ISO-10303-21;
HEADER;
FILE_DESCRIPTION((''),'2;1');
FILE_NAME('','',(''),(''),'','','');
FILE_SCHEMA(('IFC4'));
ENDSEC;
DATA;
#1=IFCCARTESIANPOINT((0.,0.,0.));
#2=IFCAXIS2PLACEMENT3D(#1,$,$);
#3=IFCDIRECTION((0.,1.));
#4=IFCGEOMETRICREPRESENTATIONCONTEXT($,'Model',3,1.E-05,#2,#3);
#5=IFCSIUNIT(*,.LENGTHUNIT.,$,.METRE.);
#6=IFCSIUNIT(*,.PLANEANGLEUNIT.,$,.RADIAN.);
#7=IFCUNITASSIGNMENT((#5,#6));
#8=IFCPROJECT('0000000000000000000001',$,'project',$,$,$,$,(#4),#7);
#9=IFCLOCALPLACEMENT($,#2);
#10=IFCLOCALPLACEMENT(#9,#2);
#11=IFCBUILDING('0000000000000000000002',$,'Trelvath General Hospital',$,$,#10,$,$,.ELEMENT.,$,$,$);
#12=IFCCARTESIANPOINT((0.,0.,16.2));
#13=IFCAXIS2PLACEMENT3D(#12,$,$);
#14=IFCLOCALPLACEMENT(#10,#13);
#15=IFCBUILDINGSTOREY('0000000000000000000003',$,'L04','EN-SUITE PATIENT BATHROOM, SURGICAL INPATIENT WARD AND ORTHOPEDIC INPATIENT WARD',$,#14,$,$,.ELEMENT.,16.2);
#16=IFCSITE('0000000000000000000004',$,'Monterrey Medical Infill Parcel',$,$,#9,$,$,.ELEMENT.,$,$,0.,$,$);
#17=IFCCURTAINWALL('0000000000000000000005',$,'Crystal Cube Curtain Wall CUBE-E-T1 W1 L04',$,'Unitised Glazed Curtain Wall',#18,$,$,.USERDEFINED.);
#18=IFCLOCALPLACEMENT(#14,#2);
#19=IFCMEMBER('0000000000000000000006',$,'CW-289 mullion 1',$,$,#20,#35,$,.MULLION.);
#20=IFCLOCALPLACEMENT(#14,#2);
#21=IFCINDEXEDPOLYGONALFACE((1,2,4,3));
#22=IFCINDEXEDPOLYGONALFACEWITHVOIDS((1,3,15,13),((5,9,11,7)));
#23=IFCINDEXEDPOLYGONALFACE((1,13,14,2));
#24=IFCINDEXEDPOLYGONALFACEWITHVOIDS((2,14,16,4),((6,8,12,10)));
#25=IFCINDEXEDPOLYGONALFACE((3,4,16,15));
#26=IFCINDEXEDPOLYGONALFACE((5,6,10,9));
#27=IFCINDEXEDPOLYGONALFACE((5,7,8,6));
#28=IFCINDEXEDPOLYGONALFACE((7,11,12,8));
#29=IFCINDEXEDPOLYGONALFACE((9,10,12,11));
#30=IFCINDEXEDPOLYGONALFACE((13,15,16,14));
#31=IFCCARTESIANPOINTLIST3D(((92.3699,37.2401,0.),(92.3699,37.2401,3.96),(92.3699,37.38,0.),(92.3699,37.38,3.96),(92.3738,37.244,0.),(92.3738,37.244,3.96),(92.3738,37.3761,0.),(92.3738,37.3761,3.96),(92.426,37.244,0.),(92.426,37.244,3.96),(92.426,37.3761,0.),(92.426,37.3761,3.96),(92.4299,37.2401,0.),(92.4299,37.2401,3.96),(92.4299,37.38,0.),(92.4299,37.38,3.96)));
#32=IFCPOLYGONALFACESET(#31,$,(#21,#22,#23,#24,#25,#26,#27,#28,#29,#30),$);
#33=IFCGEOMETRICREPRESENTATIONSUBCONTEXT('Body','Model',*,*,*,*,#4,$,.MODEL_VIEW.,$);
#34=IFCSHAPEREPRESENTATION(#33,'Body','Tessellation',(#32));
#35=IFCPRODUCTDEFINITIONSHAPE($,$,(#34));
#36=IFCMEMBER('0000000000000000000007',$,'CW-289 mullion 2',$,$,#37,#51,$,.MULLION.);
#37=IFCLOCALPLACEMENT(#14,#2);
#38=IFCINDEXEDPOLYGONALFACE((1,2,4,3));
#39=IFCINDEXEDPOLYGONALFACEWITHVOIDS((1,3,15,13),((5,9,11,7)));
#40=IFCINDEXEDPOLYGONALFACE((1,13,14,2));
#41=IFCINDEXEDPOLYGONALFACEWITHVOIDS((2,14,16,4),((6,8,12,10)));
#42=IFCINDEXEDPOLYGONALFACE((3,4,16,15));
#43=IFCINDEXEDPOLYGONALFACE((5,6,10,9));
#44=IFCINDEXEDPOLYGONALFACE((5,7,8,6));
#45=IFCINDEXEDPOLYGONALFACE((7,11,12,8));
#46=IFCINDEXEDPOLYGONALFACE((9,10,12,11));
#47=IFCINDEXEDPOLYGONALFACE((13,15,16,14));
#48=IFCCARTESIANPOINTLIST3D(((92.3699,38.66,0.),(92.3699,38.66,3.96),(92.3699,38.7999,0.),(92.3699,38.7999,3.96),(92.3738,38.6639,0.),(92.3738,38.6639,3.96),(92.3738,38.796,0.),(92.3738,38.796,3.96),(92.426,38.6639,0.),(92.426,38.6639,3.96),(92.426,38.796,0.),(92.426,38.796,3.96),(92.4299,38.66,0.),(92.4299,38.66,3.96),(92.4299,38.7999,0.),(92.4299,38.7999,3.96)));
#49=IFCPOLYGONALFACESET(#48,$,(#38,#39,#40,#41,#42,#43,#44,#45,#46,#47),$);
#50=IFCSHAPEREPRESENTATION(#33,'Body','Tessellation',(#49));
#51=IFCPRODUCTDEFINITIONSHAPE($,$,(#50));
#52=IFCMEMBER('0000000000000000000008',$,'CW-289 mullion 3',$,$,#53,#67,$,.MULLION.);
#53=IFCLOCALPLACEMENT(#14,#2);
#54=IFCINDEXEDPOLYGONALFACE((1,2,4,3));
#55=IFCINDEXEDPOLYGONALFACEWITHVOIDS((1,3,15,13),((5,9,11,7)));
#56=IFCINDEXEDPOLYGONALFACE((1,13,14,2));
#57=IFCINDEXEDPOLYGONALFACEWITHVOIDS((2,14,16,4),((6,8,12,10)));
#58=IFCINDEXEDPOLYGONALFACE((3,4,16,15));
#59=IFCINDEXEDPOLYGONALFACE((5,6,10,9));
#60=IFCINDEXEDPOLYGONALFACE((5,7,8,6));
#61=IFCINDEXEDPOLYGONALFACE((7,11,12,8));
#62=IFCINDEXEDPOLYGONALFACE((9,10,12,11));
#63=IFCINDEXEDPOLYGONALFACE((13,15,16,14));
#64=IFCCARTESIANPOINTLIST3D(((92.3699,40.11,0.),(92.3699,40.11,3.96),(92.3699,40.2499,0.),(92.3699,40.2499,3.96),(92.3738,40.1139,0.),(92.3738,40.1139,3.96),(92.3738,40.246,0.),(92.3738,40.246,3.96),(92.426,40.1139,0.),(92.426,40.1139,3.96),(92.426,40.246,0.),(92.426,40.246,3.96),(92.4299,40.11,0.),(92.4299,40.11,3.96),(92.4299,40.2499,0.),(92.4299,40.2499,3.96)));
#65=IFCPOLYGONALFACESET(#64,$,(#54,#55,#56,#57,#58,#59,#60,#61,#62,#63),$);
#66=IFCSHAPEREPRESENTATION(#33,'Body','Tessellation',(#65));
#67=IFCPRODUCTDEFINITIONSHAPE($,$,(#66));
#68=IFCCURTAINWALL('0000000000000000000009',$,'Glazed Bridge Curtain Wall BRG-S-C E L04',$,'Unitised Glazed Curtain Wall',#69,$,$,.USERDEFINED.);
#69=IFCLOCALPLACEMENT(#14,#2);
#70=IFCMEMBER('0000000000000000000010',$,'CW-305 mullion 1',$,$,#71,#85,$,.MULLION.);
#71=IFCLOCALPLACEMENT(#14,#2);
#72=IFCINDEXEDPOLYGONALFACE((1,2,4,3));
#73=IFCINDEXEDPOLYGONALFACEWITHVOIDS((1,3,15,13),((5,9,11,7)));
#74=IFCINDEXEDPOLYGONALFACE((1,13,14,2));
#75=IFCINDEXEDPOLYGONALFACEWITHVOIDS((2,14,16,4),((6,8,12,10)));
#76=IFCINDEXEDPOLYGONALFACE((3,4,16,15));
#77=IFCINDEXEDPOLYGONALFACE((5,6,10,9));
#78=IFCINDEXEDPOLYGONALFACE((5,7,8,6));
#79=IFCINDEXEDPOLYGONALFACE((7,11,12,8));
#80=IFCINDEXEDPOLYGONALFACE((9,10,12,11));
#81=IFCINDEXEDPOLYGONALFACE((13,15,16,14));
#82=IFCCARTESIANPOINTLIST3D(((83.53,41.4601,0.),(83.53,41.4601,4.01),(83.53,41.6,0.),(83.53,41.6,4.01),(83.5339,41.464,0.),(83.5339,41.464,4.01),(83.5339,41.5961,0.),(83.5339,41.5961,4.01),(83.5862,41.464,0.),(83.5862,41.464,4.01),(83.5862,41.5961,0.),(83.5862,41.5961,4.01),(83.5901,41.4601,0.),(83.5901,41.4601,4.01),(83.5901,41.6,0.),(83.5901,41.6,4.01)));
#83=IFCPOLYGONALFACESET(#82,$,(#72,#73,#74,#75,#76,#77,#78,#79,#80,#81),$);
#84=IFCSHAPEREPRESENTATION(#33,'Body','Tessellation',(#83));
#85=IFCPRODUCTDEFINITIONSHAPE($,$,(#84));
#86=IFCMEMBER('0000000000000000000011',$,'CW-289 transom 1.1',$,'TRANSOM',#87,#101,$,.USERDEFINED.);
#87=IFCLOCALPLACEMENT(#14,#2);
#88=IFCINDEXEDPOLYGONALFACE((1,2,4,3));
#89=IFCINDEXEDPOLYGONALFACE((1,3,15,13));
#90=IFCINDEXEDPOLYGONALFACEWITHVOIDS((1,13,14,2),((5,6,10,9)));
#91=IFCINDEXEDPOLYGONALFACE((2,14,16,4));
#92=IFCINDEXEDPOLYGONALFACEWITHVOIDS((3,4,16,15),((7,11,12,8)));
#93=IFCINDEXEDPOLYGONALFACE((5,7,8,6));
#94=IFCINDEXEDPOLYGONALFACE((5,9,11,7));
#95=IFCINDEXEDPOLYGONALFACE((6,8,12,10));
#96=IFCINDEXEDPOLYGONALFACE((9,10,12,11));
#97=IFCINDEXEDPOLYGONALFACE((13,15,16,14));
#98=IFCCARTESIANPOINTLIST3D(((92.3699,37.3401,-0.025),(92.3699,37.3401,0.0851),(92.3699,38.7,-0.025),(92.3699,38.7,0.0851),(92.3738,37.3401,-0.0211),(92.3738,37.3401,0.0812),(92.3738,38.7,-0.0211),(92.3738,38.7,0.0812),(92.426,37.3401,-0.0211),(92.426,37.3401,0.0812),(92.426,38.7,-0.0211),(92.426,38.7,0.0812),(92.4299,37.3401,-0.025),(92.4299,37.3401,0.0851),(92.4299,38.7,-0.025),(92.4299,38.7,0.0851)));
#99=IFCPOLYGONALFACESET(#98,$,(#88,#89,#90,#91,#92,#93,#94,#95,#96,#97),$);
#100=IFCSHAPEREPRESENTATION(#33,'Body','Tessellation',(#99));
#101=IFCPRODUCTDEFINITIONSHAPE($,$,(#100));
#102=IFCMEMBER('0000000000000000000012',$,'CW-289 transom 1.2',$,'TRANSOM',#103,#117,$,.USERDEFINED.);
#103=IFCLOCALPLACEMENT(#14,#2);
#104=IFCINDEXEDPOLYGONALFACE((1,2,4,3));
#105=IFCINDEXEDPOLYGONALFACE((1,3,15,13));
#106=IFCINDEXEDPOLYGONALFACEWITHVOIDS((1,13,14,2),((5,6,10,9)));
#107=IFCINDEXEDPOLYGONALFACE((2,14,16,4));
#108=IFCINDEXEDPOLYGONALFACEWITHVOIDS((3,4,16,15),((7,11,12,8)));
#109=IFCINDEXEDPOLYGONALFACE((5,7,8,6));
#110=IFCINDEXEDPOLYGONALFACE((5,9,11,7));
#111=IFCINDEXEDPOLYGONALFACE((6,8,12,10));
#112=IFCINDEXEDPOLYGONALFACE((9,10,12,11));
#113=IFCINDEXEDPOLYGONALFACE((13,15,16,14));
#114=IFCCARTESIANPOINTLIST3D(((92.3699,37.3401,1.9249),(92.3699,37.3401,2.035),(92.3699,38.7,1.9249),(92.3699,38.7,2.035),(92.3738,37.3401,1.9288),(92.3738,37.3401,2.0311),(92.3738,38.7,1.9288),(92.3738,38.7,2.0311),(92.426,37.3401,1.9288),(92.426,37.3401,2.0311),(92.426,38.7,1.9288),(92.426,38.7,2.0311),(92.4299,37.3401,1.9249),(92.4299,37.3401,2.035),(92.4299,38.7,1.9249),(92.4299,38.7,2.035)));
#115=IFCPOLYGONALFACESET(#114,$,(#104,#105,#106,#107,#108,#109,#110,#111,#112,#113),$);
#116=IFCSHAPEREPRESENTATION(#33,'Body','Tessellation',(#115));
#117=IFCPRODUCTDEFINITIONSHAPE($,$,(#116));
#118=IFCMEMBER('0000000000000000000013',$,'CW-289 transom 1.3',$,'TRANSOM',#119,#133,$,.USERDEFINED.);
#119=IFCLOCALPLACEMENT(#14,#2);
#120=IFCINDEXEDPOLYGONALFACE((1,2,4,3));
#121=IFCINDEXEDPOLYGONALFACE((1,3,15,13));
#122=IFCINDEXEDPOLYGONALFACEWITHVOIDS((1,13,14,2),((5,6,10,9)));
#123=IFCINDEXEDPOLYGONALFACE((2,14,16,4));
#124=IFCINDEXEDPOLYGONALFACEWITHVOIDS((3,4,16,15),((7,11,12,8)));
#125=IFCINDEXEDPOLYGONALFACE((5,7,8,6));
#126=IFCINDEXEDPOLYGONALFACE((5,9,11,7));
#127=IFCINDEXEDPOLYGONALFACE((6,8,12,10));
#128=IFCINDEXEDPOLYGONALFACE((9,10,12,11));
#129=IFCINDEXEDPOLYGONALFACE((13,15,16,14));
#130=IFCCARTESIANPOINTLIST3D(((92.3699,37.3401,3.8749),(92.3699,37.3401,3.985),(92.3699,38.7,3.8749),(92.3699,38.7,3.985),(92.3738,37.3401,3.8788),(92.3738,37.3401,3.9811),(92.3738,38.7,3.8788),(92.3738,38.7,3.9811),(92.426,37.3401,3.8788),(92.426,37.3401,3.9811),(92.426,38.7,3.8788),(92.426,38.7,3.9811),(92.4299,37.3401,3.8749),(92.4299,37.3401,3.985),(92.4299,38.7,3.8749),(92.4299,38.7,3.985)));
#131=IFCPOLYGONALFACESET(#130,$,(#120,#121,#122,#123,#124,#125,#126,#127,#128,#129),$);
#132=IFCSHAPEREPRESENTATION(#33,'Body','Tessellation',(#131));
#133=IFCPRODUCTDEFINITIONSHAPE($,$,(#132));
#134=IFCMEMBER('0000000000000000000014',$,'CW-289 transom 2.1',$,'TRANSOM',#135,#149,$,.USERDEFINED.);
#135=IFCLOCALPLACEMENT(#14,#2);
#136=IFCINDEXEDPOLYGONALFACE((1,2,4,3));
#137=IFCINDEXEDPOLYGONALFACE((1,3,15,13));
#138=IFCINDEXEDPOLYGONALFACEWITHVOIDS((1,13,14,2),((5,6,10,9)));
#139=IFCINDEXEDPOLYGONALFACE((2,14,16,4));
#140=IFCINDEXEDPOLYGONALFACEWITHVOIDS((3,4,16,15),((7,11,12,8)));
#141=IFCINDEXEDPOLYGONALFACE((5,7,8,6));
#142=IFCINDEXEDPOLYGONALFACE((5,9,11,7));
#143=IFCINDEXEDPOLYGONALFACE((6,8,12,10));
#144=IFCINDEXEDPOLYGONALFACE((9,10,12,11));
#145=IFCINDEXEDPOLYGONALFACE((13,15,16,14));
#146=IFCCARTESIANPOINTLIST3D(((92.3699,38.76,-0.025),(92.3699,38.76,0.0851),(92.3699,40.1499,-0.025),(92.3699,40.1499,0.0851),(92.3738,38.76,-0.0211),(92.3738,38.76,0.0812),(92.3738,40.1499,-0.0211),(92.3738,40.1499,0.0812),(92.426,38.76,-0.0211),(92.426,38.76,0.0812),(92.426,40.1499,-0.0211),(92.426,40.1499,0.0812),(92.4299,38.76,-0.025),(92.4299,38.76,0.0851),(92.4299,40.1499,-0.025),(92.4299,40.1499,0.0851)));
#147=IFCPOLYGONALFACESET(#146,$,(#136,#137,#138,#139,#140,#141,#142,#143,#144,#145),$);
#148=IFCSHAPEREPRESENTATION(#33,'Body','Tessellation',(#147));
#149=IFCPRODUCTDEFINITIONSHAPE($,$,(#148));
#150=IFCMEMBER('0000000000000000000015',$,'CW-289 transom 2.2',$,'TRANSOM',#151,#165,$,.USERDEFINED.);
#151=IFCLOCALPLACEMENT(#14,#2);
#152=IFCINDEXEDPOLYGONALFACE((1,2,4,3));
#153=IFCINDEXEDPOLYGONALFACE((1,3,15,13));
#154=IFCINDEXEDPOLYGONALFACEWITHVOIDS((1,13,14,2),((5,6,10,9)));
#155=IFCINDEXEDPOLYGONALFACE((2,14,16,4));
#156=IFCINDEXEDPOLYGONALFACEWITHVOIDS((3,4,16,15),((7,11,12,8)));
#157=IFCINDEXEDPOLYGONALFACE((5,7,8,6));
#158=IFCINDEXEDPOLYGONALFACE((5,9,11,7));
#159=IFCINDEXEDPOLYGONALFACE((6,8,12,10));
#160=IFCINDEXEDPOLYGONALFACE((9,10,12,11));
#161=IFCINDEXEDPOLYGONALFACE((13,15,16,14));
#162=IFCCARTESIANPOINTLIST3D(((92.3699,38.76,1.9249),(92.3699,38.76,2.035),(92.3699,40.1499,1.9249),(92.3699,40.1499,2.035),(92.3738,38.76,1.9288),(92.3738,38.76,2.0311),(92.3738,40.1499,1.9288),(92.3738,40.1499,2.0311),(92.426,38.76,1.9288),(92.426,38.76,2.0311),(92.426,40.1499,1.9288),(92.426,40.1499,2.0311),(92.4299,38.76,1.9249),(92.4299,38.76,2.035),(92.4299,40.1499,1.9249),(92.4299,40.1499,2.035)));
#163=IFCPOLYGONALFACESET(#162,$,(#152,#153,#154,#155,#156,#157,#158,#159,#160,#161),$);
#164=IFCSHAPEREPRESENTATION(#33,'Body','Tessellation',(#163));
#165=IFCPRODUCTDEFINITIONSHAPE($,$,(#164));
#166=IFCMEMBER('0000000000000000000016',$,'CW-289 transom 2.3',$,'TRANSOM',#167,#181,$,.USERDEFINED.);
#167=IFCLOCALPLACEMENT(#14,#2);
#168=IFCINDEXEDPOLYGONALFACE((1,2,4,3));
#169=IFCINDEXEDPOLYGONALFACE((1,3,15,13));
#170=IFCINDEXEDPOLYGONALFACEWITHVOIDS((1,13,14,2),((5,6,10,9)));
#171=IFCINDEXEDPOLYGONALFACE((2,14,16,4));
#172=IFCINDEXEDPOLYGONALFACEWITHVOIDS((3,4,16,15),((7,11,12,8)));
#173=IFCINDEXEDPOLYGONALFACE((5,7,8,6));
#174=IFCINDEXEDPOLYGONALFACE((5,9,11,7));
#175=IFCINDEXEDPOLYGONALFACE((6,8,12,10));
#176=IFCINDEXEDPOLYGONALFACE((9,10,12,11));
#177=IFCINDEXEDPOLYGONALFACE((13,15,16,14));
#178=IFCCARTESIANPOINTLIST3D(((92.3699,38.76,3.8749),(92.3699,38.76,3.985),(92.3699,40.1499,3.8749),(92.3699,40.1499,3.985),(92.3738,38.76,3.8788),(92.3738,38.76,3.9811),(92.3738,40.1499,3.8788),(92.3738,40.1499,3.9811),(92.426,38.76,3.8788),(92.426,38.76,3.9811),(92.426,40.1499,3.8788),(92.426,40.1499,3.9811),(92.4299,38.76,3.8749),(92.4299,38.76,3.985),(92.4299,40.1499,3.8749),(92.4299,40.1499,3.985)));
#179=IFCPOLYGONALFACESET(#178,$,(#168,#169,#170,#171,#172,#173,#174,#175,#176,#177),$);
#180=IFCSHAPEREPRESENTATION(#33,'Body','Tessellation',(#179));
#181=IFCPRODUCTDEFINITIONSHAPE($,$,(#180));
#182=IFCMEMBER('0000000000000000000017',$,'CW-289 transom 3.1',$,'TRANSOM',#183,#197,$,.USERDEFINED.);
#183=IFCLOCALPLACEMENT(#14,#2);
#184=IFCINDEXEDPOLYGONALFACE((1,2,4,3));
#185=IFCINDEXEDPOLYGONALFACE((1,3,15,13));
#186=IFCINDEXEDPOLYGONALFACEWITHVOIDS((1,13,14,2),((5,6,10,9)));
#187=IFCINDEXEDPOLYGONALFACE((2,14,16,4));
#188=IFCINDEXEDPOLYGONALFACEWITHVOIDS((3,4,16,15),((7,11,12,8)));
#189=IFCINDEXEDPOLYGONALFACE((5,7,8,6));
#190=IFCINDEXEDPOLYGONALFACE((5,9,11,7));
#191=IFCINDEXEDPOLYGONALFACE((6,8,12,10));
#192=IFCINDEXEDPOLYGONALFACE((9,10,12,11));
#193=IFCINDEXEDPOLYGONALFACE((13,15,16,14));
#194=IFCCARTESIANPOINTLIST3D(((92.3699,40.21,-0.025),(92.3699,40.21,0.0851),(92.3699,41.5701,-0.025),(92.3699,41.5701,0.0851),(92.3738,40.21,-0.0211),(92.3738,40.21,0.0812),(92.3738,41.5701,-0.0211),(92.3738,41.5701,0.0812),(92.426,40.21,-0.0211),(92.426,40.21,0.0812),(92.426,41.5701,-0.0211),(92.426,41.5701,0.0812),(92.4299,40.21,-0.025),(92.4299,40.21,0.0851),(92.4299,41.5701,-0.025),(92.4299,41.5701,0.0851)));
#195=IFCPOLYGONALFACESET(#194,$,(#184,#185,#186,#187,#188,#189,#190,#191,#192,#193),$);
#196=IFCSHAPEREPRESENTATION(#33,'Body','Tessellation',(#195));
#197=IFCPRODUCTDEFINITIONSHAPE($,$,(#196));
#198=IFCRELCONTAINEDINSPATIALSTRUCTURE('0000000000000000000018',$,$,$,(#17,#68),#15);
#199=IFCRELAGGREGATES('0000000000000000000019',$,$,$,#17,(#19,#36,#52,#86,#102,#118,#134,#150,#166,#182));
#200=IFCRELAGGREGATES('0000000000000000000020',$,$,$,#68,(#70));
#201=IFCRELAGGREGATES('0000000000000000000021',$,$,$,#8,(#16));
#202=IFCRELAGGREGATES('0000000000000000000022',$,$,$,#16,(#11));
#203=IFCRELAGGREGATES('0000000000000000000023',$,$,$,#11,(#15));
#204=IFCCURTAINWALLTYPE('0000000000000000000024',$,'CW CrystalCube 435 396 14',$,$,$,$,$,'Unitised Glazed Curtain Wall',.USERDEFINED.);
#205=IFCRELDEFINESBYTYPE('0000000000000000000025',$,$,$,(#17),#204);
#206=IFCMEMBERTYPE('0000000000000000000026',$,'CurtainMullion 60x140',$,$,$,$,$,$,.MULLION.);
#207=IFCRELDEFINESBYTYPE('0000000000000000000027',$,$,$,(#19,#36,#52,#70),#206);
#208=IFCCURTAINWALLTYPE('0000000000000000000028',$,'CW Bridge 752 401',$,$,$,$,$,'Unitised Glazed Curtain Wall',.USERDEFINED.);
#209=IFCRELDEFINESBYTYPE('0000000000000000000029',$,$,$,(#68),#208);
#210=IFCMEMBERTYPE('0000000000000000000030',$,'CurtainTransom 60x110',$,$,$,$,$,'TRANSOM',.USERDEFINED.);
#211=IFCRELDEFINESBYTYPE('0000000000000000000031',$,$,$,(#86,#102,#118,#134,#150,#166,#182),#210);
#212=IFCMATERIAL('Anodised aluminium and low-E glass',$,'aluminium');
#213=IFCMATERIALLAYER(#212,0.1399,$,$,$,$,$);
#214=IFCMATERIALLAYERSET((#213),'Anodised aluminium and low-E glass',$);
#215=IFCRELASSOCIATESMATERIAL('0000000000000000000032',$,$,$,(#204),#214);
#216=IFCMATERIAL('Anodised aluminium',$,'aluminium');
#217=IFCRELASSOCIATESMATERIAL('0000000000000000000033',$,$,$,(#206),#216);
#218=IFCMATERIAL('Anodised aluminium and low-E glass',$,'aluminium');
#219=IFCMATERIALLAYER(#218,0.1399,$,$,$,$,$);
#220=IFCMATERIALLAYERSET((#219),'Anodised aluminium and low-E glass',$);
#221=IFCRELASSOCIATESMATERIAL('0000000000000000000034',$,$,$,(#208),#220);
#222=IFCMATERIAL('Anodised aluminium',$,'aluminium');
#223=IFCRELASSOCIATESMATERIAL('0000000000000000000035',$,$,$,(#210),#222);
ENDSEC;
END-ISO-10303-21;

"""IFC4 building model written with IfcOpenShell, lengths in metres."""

from ifc_helpers import new_model, si_unit, direction, frame, origin, origin_2d, place, context, subcontext, project, spatial, hollow_rectangle, extrude, material, layer, layer_set, material_profile, profile_set, type_object, element, aggregate, save


model = new_model("IFC4")

# Units and contexts
model_context = context("Model", 3, precision=1e-05, world=origin(), true_north=direction((0.0, 1.0)))
body_context = subcontext(model_context, "Body", "Model", "MODEL_VIEW")
ifc_project = project(units=[si_unit("LENGTHUNIT", "METRE"), si_unit("PLANEANGLEUNIT", "RADIAN")], contexts=[model_context])

# Site, building, storey
site_placement = place(None, origin())
site = spatial("IfcSite", under=ifc_project, at=site_placement, Name="Monterrey Medical Infill Parcel", CompositionType="ELEMENT", RefElevation=0.0)
building_placement = place(site_placement, origin())
building = spatial("IfcBuilding", under=site, at=building_placement, Name="Trelvath General Hospital", CompositionType="ELEMENT")
storey_placement = place(building_placement, frame((0.0, 0.0, 16.2)))
storey = spatial("IfcBuildingStorey", under=building, at=storey_placement, Name="L04", Description="EN-SUITE PATIENT BATHROOM, SURGICAL INPATIENT WARD AND ORTHOPEDIC INPATIENT WARD", CompositionType="ELEMENT", Elevation=16.2)

# Curtain wall, members
ifc_material_1 = material(Name="Anodised aluminium and low-E glass", Category="aluminium")
ifc_layer_1 = layer(ifc_material_1, 0.1399)
ifc_layer_set_1 = layer_set([ifc_layer_1], Name="Anodised aluminium and low-E glass")
curtain_wall_type_1 = type_object("IfcCurtainWallType", Name="CW CrystalCube 435 396 14", ElementType="Unitised Glazed Curtain Wall", PredefinedType="USERDEFINED", material=ifc_layer_set_1)
curtain_wall_1_placement = place(storey_placement, origin())
curtain_wall_1 = element("IfcCurtainWall", 1, at=curtain_wall_1_placement, inside=storey, type_object=curtain_wall_type_1, Name="Crystal Cube Curtain Wall CUBE-E-T1 W1 L04", ObjectType="Unitised Glazed Curtain Wall", PredefinedType="USERDEFINED")
ifc_material_2 = material(Name="Anodised aluminium", Category="aluminium")
ifc_material_profile_1 = material_profile(ifc_material_2, hollow_rectangle(XDim=0.0601, YDim=0.1399, WallThickness=0.0039, at=origin_2d()), Name="RHS60x140x4")
ifc_profile_set_1 = profile_set([ifc_material_profile_1], Name="Anodised aluminium")
member_type_1 = type_object("IfcMemberType", Name="CurtainMullion 60x140", PredefinedType="MULLION", material=ifc_profile_set_1)
member_1_placement = place(storey_placement, frame((92.3999, 37.3101, 0.0), z_axis=(0.0, 0.0, 1.0), x_axis=(-1.0, 0.0, 0.0)))
member_1 = element("IfcMember", 2, at=member_1_placement, type_object=member_type_1, Name="CW-289 mullion 1", PredefinedType="MULLION", context=body_context, shape_type="SweptSolid", body=[
    extrude(hollow_rectangle(XDim=0.0601, YDim=0.1399, WallThickness=0.0039, at=origin_2d()), origin(), (0.0, 0.0, 1.0), 3.96),
])
member_2_placement = place(storey_placement, frame((92.3999, 38.73, 0.0), z_axis=(0.0, 0.0, 1.0), x_axis=(-1.0, 0.0, 0.0)))
member_2 = element("IfcMember", 3, at=member_2_placement, type_object=member_type_1, Name="CW-289 mullion 2", PredefinedType="MULLION", context=body_context, shape_type="SweptSolid", body=[
    extrude(hollow_rectangle(XDim=0.0601, YDim=0.1399, WallThickness=0.0039, at=origin_2d()), origin(), (0.0, 0.0, 1.0), 3.96),
])
member_3_placement = place(storey_placement, frame((92.3999, 40.1799, 0.0), z_axis=(0.0, 0.0, 1.0), x_axis=(-1.0, 0.0, 0.0)))
member_3 = element("IfcMember", 4, at=member_3_placement, type_object=member_type_1, Name="CW-289 mullion 3", PredefinedType="MULLION", context=body_context, shape_type="SweptSolid", body=[
    extrude(hollow_rectangle(XDim=0.0601, YDim=0.1399, WallThickness=0.0039, at=origin_2d()), origin(), (0.0, 0.0, 1.0), 3.96),
])

# Curtain wall, member
ifc_material_3 = material(Name="Anodised aluminium and low-E glass", Category="aluminium")
ifc_layer_2 = layer(ifc_material_3, 0.1399)
ifc_layer_set_2 = layer_set([ifc_layer_2], Name="Anodised aluminium and low-E glass")
curtain_wall_type_2 = type_object("IfcCurtainWallType", Name="CW Bridge 752 401", ElementType="Unitised Glazed Curtain Wall", PredefinedType="USERDEFINED", material=ifc_layer_set_2)
curtain_wall_2_placement = place(storey_placement, origin())
curtain_wall_2 = element("IfcCurtainWall", 5, at=curtain_wall_2_placement, inside=storey, type_object=curtain_wall_type_2, Name="Glazed Bridge Curtain Wall BRG-S-C E L04", ObjectType="Unitised Glazed Curtain Wall", PredefinedType="USERDEFINED")
member_4_placement = place(storey_placement, frame((83.5601, 41.53, 0.0), z_axis=(0.0, 0.0, 1.0), x_axis=(1.0, 0.0, 0.0)))
member_4 = element("IfcMember", 6, at=member_4_placement, type_object=member_type_1, Name="CW-305 mullion 1", PredefinedType="MULLION", context=body_context, shape_type="SweptSolid", body=[
    extrude(hollow_rectangle(XDim=0.0601, YDim=0.1399, WallThickness=0.0039, at=origin_2d()), origin(), (0.0, 0.0, 1.0), 4.01),
])

# Members
ifc_material_4 = material(Name="Anodised aluminium", Category="aluminium")
ifc_material_profile_2 = material_profile(ifc_material_4, hollow_rectangle(XDim=0.0601, YDim=0.1101, WallThickness=0.0039, at=origin_2d()), Name="RHS60x110x4")
ifc_profile_set_2 = profile_set([ifc_material_profile_2], Name="Anodised aluminium")
member_type_2 = type_object("IfcMemberType", Name="CurtainTransom 60x110", ElementType="TRANSOM", PredefinedType="USERDEFINED", material=ifc_profile_set_2)
member_5_placement = place(storey_placement, frame((92.3999, 37.3401, 0.03), z_axis=(0.0, 1.0, 0.0), x_axis=(-1.0, 0.0, 0.0)))
member_5 = element("IfcMember", 7, at=member_5_placement, type_object=member_type_2, Name="CW-289 transom 1.1", ObjectType="TRANSOM", PredefinedType="USERDEFINED", context=body_context, shape_type="SweptSolid", body=[
    extrude(hollow_rectangle(XDim=0.0601, YDim=0.1101, WallThickness=0.0039, at=origin_2d()), origin(), (0.0, 0.0, 1.0), 1.3599),
])
member_6_placement = place(storey_placement, frame((92.3999, 37.3401, 1.98), z_axis=(0.0, 1.0, 0.0), x_axis=(-1.0, 0.0, 0.0)))
member_6 = element("IfcMember", 8, at=member_6_placement, type_object=member_type_2, Name="CW-289 transom 1.2", ObjectType="TRANSOM", PredefinedType="USERDEFINED", context=body_context, shape_type="SweptSolid", body=[
    extrude(hollow_rectangle(XDim=0.0601, YDim=0.1101, WallThickness=0.0039, at=origin_2d()), origin(), (0.0, 0.0, 1.0), 1.3599),
])
member_7_placement = place(storey_placement, frame((92.3999, 37.3401, 3.9299), z_axis=(0.0, 1.0, 0.0), x_axis=(-1.0, 0.0, 0.0)))
member_7 = element("IfcMember", 9, at=member_7_placement, type_object=member_type_2, Name="CW-289 transom 1.3", ObjectType="TRANSOM", PredefinedType="USERDEFINED", context=body_context, shape_type="SweptSolid", body=[
    extrude(hollow_rectangle(XDim=0.0601, YDim=0.1101, WallThickness=0.0039, at=origin_2d()), origin(), (0.0, 0.0, 1.0), 1.3599),
])
member_8_placement = place(storey_placement, frame((92.3999, 38.76, 0.03), z_axis=(0.0, 1.0, 0.0), x_axis=(-1.0, 0.0, 0.0)))
member_8 = element("IfcMember", 10, at=member_8_placement, type_object=member_type_2, Name="CW-289 transom 2.1", ObjectType="TRANSOM", PredefinedType="USERDEFINED", context=body_context, shape_type="SweptSolid", body=[
    extrude(hollow_rectangle(XDim=0.0601, YDim=0.1101, WallThickness=0.0039, at=origin_2d()), origin(), (0.0, 0.0, 1.0), 1.3899),
])
member_9_placement = place(storey_placement, frame((92.3999, 38.76, 1.98), z_axis=(0.0, 1.0, 0.0), x_axis=(-1.0, 0.0, 0.0)))
member_9 = element("IfcMember", 11, at=member_9_placement, type_object=member_type_2, Name="CW-289 transom 2.2", ObjectType="TRANSOM", PredefinedType="USERDEFINED", context=body_context, shape_type="SweptSolid", body=[
    extrude(hollow_rectangle(XDim=0.0601, YDim=0.1101, WallThickness=0.0039, at=origin_2d()), origin(), (0.0, 0.0, 1.0), 1.3899),
])
member_10_placement = place(storey_placement, frame((92.3999, 38.76, 3.9299), z_axis=(0.0, 1.0, 0.0), x_axis=(-1.0, 0.0, 0.0)))
member_10 = element("IfcMember", 12, at=member_10_placement, type_object=member_type_2, Name="CW-289 transom 2.3", ObjectType="TRANSOM", PredefinedType="USERDEFINED", context=body_context, shape_type="SweptSolid", body=[
    extrude(hollow_rectangle(XDim=0.0601, YDim=0.1101, WallThickness=0.0039, at=origin_2d()), origin(), (0.0, 0.0, 1.0), 1.3899),
])
member_11_placement = place(storey_placement, frame((92.3999, 40.21, 0.03), z_axis=(0.0, 1.0, 0.0), x_axis=(-1.0, 0.0, 0.0)))
member_11 = element("IfcMember", 13, at=member_11_placement, type_object=member_type_2, Name="CW-289 transom 3.1", ObjectType="TRANSOM", PredefinedType="USERDEFINED", context=body_context, shape_type="SweptSolid", body=[
    extrude(hollow_rectangle(XDim=0.0601, YDim=0.1101, WallThickness=0.0039, at=origin_2d()), origin(), (0.0, 0.0, 1.0), 1.3601),
])

aggregate(curtain_wall_1, [member_1, member_2, member_3, member_5, member_6, member_7, member_8, member_9, member_10, member_11])
aggregate(curtain_wall_2, [member_4])

save(model, "model.ifc")
